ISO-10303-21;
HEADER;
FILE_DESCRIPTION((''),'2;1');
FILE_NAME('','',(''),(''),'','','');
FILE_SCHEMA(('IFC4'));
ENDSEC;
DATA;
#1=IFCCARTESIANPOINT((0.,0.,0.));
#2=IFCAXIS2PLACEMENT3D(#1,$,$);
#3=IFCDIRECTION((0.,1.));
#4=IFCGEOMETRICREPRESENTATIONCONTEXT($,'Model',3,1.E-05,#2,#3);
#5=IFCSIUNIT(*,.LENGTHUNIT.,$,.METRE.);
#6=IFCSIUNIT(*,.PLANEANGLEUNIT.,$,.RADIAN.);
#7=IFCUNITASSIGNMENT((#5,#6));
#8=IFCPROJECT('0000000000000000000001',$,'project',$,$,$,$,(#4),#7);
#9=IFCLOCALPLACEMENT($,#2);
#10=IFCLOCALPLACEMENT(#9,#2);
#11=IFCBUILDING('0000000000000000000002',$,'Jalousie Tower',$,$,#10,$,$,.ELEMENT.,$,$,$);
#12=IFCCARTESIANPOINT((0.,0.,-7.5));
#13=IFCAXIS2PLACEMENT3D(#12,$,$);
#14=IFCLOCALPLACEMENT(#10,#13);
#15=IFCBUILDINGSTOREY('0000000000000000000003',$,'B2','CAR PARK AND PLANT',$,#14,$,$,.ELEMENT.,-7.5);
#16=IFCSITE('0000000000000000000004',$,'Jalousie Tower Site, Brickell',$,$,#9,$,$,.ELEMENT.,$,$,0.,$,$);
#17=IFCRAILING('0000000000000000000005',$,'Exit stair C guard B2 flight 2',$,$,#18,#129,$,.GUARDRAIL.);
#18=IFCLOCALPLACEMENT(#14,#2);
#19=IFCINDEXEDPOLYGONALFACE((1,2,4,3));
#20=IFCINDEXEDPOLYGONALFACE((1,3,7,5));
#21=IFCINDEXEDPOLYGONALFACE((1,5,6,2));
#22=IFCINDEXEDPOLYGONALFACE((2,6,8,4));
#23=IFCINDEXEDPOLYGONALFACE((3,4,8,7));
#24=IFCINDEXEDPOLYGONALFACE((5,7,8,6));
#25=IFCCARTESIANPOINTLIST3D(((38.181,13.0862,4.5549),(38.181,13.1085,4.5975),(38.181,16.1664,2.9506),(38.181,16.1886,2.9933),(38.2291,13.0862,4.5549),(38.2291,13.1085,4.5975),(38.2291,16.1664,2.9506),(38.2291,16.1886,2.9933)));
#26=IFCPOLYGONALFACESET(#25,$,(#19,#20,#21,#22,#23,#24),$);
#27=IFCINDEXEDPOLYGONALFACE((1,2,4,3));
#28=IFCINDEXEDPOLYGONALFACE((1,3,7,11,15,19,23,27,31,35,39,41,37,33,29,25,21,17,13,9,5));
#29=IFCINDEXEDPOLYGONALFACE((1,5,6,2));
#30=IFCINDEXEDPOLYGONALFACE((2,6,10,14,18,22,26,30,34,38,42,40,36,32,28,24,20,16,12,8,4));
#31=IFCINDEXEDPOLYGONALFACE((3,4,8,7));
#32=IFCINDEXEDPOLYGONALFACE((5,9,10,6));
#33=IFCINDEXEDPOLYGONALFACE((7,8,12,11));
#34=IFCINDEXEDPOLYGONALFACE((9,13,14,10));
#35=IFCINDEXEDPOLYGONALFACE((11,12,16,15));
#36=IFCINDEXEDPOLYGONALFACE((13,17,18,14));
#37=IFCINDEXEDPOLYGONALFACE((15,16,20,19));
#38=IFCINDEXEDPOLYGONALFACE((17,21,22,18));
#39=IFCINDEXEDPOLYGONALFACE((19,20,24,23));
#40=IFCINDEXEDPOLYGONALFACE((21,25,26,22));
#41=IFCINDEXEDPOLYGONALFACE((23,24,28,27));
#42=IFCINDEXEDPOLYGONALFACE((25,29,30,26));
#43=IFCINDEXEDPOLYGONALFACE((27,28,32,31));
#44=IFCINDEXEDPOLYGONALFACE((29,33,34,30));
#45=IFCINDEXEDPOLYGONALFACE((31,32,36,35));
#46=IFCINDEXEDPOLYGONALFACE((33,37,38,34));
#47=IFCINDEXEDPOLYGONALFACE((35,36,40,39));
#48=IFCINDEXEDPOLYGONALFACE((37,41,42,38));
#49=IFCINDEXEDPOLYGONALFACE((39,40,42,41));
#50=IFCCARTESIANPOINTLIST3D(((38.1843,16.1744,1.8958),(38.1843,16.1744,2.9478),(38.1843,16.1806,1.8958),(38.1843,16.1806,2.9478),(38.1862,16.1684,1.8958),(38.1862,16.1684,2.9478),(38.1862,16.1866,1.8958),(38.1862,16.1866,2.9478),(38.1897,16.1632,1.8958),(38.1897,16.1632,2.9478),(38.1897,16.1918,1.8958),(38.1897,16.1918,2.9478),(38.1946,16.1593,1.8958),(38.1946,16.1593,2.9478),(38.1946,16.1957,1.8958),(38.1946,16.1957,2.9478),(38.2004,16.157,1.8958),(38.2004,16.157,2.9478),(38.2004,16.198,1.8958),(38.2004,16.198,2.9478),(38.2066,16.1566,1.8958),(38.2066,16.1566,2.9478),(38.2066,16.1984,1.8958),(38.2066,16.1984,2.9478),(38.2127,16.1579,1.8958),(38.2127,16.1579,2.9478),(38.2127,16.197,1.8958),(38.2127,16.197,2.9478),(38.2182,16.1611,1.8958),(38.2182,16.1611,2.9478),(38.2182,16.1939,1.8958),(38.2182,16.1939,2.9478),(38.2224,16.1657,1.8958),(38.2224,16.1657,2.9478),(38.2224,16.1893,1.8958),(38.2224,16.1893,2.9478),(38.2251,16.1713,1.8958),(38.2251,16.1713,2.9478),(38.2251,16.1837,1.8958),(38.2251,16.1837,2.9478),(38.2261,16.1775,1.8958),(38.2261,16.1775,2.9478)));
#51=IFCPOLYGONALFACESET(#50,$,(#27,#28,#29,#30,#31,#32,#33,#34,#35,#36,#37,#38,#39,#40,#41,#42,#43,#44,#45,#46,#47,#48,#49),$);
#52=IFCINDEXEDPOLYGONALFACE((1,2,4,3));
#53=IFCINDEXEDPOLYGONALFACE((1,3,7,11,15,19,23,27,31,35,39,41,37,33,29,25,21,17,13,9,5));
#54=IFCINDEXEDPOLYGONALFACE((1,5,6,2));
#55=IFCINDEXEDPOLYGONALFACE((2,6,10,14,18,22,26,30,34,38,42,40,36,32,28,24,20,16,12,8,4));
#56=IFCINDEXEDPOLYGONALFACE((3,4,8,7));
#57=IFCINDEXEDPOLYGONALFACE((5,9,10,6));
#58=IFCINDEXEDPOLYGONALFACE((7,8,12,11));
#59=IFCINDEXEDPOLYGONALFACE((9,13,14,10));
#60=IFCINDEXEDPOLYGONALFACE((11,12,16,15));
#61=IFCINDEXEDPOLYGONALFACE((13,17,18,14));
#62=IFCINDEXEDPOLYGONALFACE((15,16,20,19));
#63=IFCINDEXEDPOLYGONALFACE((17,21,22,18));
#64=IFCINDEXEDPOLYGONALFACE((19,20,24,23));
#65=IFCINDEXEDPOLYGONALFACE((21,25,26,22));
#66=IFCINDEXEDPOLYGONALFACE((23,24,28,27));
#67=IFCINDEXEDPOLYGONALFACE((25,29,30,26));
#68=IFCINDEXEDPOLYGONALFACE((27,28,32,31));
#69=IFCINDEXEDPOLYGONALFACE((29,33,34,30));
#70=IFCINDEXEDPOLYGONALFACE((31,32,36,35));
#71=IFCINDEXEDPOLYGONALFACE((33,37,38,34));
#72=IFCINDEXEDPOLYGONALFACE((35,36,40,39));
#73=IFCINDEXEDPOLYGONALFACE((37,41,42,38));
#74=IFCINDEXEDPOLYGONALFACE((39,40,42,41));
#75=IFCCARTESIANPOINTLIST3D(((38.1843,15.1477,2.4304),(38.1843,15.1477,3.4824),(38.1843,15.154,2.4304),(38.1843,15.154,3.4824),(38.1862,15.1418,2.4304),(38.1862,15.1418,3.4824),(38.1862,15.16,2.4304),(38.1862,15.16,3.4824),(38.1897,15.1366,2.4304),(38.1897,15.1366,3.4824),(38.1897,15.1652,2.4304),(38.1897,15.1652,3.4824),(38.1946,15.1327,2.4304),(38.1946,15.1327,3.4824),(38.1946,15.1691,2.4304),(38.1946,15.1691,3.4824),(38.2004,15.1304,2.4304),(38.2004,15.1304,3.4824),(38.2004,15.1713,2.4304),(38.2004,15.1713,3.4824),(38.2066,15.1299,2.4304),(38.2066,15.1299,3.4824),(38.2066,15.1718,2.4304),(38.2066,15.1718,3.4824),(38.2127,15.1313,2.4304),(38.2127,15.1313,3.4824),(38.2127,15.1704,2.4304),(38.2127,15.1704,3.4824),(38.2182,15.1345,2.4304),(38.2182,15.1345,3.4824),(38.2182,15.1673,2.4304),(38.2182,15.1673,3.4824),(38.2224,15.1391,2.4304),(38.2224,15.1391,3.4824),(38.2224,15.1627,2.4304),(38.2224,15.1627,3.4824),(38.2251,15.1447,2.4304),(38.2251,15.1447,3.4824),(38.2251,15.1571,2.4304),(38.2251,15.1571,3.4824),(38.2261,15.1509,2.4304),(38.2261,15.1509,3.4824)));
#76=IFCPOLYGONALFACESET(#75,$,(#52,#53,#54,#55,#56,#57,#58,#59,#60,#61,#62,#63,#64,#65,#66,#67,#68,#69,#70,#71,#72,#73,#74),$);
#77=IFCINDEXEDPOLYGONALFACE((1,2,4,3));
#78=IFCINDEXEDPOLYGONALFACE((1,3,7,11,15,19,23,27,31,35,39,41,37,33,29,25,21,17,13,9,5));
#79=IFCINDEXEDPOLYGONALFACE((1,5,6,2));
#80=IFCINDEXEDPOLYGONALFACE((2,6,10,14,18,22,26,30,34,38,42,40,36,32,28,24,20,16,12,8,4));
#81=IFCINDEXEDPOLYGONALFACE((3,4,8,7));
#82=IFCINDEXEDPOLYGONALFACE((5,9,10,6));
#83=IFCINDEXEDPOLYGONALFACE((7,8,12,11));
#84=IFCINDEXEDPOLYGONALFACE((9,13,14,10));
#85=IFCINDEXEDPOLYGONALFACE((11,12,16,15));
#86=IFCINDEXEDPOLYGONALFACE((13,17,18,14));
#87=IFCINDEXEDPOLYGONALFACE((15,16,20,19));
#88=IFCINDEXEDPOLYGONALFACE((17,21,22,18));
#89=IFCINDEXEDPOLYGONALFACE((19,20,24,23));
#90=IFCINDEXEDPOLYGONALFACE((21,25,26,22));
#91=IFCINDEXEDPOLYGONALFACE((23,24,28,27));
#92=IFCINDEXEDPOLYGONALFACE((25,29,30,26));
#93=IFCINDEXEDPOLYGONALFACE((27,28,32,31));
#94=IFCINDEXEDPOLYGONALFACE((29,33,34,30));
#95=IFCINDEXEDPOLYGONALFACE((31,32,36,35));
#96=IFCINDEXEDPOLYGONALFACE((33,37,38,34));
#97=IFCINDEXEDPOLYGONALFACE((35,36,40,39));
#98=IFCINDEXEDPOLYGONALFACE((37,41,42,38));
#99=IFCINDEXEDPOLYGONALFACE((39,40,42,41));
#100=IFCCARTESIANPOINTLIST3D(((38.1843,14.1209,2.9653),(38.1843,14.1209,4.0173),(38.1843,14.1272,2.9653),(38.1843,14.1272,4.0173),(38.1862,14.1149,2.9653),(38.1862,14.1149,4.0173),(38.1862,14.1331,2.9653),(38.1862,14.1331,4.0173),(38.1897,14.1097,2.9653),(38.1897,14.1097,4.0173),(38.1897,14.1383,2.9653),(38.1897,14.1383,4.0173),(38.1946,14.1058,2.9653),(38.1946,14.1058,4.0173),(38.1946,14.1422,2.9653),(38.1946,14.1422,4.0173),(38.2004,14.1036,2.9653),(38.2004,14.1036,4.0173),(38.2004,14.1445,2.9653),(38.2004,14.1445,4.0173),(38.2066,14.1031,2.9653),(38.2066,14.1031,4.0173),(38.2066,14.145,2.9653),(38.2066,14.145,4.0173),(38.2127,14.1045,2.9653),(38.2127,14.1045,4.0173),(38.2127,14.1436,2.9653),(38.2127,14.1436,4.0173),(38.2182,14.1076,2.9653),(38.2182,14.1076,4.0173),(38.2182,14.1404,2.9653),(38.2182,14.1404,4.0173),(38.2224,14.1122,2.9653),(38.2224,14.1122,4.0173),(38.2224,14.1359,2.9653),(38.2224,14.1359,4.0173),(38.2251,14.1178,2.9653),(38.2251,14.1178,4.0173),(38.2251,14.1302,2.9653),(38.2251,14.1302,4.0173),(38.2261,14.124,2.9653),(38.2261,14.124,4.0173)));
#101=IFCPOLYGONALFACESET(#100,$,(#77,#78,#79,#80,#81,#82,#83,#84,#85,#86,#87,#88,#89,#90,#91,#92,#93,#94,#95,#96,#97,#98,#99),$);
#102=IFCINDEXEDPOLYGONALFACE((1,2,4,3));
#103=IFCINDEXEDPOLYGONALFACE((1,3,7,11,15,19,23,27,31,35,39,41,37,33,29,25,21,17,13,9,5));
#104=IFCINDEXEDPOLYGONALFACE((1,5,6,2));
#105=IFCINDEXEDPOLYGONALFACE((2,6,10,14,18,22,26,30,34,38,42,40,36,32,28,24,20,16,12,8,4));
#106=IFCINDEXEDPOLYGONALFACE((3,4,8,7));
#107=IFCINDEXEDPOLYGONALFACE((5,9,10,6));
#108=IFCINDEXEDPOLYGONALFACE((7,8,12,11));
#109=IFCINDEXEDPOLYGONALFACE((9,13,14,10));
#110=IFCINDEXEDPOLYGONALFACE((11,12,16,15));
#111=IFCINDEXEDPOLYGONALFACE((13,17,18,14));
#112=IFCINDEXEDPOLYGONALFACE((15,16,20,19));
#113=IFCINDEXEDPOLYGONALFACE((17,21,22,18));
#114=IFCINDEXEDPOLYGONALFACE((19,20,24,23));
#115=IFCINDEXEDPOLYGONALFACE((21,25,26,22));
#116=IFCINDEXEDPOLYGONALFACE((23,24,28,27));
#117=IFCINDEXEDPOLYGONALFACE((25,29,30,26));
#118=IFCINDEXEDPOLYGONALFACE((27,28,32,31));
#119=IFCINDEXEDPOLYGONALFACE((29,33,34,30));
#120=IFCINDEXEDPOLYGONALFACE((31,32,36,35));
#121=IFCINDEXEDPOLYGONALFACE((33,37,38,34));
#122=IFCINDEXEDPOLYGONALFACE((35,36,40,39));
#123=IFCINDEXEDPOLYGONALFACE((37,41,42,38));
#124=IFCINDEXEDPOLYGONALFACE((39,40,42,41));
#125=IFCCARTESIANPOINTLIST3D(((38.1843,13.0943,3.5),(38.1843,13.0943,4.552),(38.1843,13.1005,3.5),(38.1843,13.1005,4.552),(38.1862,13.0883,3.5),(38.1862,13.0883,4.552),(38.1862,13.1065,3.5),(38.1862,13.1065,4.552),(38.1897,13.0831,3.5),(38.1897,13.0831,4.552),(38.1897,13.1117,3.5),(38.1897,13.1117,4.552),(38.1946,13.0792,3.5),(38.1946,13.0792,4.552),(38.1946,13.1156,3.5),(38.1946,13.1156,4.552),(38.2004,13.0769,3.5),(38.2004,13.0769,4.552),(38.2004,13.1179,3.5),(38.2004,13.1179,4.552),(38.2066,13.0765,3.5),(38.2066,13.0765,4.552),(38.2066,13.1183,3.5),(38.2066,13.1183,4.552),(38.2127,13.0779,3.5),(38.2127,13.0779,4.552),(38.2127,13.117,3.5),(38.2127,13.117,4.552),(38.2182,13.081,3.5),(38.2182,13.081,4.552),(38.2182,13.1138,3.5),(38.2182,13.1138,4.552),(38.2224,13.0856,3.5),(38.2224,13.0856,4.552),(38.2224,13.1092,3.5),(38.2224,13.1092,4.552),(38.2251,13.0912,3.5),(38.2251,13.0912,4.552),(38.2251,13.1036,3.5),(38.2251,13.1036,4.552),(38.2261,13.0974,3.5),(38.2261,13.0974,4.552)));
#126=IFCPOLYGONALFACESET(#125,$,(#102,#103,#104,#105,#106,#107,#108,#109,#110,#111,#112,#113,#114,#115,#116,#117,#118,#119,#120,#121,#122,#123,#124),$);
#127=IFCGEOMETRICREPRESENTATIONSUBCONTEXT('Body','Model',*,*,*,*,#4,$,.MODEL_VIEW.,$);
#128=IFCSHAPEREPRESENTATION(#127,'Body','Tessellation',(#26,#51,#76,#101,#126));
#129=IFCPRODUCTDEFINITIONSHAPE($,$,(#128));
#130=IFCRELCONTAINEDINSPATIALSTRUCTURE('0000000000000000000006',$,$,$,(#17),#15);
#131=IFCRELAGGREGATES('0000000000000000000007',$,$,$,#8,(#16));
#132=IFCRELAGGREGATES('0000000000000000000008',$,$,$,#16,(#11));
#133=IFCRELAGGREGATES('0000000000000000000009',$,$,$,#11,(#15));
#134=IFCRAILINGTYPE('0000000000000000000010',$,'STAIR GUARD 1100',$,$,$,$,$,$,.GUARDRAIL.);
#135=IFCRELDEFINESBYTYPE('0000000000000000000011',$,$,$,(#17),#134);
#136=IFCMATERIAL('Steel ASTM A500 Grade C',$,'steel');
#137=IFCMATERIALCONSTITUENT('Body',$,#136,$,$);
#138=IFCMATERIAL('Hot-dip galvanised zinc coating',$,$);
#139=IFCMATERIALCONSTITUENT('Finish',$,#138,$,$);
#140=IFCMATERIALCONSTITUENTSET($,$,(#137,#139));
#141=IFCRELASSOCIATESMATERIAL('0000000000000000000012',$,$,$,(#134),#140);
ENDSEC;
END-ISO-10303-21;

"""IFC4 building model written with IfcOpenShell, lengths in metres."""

from ifc_helpers import new_model, si_unit, direction, frame, origin, origin_2d, place, context, subcontext, project, spatial, rectangle, circle, extrude, material, constituent, constituent_set, type_object, element, save


model = new_model("IFC4")

# Units and contexts
model_context = context("Model", 3, precision=1e-05, world=origin(), true_north=direction((0.0, 1.0)))
body_context = subcontext(model_context, "Body", "Model", "MODEL_VIEW")
ifc_project = project(units=[si_unit("LENGTHUNIT", "METRE"), si_unit("PLANEANGLEUNIT", "RADIAN")], contexts=[model_context])

# Site, building, storey
site_placement = place(None, origin())
site = spatial("IfcSite", under=ifc_project, at=site_placement, Name="Jalousie Tower Site, Brickell", CompositionType="ELEMENT", RefElevation=0.0)
building_placement = place(site_placement, origin())
building = spatial("IfcBuilding", under=site, at=building_placement, Name="Jalousie Tower", CompositionType="ELEMENT")
storey_placement = place(building_placement, frame((0.0, 0.0, -7.5)))
storey = spatial("IfcBuildingStorey", under=building, at=storey_placement, Name="B2", Description="CAR PARK AND PLANT", CompositionType="ELEMENT", Elevation=-7.5)

# Railing
ifc_material_1 = material(Name="Steel ASTM A500 Grade C", Category="steel")
ifc_constituent_1 = constituent(ifc_material_1, Name="Body")
ifc_material_2 = material(Name="Hot-dip galvanised zinc coating")
ifc_constituent_2 = constituent(ifc_material_2, Name="Finish")
ifc_constituent_set_1 = constituent_set(constituents=[ifc_constituent_1, ifc_constituent_2])
railing_type_1 = type_object("IfcRailingType", Name="STAIR GUARD 1100", PredefinedType="GUARDRAIL", material=ifc_constituent_set_1)
railing_1_placement = place(storey_placement, frame((38.2051, 16.1775, 1.8958)))
element("IfcRailing", 1, at=railing_1_placement, inside=storey, type_object=railing_type_1, Name="Exit stair C guard B2 flight 2", PredefinedType="GUARDRAIL", context=body_context, shape_type="SweptSolid", body=[
    extrude(rectangle(XDim=0.0481, YDim=0.0481, at=origin_2d()), frame((0.0, 0.0, 1.0762), z_axis=(0.0, -0.886909, 0.461944), x_axis=(1.0, 0.0, 0.0)), (0.0, 0.0, 1.0), 3.4729),
    extrude(circle(Radius=0.021, at=origin_2d()), origin(), (0.0, 0.0, 1.0), 1.052),
    extrude(circle(Radius=0.021, at=origin_2d()), frame((0.0, -1.0266, 0.5347)), (0.0, 0.0, 1.0), 1.052),
    extrude(circle(Radius=0.021, at=origin_2d()), frame((0.0, -2.0535, 1.0696)), (0.0, 0.0, 1.0), 1.052),
    extrude(circle(Radius=0.021, at=origin_2d()), frame((0.0, -3.0801, 1.6042)), (0.0, 0.0, 1.0), 1.052),
])

save(model, "model.ifc")
